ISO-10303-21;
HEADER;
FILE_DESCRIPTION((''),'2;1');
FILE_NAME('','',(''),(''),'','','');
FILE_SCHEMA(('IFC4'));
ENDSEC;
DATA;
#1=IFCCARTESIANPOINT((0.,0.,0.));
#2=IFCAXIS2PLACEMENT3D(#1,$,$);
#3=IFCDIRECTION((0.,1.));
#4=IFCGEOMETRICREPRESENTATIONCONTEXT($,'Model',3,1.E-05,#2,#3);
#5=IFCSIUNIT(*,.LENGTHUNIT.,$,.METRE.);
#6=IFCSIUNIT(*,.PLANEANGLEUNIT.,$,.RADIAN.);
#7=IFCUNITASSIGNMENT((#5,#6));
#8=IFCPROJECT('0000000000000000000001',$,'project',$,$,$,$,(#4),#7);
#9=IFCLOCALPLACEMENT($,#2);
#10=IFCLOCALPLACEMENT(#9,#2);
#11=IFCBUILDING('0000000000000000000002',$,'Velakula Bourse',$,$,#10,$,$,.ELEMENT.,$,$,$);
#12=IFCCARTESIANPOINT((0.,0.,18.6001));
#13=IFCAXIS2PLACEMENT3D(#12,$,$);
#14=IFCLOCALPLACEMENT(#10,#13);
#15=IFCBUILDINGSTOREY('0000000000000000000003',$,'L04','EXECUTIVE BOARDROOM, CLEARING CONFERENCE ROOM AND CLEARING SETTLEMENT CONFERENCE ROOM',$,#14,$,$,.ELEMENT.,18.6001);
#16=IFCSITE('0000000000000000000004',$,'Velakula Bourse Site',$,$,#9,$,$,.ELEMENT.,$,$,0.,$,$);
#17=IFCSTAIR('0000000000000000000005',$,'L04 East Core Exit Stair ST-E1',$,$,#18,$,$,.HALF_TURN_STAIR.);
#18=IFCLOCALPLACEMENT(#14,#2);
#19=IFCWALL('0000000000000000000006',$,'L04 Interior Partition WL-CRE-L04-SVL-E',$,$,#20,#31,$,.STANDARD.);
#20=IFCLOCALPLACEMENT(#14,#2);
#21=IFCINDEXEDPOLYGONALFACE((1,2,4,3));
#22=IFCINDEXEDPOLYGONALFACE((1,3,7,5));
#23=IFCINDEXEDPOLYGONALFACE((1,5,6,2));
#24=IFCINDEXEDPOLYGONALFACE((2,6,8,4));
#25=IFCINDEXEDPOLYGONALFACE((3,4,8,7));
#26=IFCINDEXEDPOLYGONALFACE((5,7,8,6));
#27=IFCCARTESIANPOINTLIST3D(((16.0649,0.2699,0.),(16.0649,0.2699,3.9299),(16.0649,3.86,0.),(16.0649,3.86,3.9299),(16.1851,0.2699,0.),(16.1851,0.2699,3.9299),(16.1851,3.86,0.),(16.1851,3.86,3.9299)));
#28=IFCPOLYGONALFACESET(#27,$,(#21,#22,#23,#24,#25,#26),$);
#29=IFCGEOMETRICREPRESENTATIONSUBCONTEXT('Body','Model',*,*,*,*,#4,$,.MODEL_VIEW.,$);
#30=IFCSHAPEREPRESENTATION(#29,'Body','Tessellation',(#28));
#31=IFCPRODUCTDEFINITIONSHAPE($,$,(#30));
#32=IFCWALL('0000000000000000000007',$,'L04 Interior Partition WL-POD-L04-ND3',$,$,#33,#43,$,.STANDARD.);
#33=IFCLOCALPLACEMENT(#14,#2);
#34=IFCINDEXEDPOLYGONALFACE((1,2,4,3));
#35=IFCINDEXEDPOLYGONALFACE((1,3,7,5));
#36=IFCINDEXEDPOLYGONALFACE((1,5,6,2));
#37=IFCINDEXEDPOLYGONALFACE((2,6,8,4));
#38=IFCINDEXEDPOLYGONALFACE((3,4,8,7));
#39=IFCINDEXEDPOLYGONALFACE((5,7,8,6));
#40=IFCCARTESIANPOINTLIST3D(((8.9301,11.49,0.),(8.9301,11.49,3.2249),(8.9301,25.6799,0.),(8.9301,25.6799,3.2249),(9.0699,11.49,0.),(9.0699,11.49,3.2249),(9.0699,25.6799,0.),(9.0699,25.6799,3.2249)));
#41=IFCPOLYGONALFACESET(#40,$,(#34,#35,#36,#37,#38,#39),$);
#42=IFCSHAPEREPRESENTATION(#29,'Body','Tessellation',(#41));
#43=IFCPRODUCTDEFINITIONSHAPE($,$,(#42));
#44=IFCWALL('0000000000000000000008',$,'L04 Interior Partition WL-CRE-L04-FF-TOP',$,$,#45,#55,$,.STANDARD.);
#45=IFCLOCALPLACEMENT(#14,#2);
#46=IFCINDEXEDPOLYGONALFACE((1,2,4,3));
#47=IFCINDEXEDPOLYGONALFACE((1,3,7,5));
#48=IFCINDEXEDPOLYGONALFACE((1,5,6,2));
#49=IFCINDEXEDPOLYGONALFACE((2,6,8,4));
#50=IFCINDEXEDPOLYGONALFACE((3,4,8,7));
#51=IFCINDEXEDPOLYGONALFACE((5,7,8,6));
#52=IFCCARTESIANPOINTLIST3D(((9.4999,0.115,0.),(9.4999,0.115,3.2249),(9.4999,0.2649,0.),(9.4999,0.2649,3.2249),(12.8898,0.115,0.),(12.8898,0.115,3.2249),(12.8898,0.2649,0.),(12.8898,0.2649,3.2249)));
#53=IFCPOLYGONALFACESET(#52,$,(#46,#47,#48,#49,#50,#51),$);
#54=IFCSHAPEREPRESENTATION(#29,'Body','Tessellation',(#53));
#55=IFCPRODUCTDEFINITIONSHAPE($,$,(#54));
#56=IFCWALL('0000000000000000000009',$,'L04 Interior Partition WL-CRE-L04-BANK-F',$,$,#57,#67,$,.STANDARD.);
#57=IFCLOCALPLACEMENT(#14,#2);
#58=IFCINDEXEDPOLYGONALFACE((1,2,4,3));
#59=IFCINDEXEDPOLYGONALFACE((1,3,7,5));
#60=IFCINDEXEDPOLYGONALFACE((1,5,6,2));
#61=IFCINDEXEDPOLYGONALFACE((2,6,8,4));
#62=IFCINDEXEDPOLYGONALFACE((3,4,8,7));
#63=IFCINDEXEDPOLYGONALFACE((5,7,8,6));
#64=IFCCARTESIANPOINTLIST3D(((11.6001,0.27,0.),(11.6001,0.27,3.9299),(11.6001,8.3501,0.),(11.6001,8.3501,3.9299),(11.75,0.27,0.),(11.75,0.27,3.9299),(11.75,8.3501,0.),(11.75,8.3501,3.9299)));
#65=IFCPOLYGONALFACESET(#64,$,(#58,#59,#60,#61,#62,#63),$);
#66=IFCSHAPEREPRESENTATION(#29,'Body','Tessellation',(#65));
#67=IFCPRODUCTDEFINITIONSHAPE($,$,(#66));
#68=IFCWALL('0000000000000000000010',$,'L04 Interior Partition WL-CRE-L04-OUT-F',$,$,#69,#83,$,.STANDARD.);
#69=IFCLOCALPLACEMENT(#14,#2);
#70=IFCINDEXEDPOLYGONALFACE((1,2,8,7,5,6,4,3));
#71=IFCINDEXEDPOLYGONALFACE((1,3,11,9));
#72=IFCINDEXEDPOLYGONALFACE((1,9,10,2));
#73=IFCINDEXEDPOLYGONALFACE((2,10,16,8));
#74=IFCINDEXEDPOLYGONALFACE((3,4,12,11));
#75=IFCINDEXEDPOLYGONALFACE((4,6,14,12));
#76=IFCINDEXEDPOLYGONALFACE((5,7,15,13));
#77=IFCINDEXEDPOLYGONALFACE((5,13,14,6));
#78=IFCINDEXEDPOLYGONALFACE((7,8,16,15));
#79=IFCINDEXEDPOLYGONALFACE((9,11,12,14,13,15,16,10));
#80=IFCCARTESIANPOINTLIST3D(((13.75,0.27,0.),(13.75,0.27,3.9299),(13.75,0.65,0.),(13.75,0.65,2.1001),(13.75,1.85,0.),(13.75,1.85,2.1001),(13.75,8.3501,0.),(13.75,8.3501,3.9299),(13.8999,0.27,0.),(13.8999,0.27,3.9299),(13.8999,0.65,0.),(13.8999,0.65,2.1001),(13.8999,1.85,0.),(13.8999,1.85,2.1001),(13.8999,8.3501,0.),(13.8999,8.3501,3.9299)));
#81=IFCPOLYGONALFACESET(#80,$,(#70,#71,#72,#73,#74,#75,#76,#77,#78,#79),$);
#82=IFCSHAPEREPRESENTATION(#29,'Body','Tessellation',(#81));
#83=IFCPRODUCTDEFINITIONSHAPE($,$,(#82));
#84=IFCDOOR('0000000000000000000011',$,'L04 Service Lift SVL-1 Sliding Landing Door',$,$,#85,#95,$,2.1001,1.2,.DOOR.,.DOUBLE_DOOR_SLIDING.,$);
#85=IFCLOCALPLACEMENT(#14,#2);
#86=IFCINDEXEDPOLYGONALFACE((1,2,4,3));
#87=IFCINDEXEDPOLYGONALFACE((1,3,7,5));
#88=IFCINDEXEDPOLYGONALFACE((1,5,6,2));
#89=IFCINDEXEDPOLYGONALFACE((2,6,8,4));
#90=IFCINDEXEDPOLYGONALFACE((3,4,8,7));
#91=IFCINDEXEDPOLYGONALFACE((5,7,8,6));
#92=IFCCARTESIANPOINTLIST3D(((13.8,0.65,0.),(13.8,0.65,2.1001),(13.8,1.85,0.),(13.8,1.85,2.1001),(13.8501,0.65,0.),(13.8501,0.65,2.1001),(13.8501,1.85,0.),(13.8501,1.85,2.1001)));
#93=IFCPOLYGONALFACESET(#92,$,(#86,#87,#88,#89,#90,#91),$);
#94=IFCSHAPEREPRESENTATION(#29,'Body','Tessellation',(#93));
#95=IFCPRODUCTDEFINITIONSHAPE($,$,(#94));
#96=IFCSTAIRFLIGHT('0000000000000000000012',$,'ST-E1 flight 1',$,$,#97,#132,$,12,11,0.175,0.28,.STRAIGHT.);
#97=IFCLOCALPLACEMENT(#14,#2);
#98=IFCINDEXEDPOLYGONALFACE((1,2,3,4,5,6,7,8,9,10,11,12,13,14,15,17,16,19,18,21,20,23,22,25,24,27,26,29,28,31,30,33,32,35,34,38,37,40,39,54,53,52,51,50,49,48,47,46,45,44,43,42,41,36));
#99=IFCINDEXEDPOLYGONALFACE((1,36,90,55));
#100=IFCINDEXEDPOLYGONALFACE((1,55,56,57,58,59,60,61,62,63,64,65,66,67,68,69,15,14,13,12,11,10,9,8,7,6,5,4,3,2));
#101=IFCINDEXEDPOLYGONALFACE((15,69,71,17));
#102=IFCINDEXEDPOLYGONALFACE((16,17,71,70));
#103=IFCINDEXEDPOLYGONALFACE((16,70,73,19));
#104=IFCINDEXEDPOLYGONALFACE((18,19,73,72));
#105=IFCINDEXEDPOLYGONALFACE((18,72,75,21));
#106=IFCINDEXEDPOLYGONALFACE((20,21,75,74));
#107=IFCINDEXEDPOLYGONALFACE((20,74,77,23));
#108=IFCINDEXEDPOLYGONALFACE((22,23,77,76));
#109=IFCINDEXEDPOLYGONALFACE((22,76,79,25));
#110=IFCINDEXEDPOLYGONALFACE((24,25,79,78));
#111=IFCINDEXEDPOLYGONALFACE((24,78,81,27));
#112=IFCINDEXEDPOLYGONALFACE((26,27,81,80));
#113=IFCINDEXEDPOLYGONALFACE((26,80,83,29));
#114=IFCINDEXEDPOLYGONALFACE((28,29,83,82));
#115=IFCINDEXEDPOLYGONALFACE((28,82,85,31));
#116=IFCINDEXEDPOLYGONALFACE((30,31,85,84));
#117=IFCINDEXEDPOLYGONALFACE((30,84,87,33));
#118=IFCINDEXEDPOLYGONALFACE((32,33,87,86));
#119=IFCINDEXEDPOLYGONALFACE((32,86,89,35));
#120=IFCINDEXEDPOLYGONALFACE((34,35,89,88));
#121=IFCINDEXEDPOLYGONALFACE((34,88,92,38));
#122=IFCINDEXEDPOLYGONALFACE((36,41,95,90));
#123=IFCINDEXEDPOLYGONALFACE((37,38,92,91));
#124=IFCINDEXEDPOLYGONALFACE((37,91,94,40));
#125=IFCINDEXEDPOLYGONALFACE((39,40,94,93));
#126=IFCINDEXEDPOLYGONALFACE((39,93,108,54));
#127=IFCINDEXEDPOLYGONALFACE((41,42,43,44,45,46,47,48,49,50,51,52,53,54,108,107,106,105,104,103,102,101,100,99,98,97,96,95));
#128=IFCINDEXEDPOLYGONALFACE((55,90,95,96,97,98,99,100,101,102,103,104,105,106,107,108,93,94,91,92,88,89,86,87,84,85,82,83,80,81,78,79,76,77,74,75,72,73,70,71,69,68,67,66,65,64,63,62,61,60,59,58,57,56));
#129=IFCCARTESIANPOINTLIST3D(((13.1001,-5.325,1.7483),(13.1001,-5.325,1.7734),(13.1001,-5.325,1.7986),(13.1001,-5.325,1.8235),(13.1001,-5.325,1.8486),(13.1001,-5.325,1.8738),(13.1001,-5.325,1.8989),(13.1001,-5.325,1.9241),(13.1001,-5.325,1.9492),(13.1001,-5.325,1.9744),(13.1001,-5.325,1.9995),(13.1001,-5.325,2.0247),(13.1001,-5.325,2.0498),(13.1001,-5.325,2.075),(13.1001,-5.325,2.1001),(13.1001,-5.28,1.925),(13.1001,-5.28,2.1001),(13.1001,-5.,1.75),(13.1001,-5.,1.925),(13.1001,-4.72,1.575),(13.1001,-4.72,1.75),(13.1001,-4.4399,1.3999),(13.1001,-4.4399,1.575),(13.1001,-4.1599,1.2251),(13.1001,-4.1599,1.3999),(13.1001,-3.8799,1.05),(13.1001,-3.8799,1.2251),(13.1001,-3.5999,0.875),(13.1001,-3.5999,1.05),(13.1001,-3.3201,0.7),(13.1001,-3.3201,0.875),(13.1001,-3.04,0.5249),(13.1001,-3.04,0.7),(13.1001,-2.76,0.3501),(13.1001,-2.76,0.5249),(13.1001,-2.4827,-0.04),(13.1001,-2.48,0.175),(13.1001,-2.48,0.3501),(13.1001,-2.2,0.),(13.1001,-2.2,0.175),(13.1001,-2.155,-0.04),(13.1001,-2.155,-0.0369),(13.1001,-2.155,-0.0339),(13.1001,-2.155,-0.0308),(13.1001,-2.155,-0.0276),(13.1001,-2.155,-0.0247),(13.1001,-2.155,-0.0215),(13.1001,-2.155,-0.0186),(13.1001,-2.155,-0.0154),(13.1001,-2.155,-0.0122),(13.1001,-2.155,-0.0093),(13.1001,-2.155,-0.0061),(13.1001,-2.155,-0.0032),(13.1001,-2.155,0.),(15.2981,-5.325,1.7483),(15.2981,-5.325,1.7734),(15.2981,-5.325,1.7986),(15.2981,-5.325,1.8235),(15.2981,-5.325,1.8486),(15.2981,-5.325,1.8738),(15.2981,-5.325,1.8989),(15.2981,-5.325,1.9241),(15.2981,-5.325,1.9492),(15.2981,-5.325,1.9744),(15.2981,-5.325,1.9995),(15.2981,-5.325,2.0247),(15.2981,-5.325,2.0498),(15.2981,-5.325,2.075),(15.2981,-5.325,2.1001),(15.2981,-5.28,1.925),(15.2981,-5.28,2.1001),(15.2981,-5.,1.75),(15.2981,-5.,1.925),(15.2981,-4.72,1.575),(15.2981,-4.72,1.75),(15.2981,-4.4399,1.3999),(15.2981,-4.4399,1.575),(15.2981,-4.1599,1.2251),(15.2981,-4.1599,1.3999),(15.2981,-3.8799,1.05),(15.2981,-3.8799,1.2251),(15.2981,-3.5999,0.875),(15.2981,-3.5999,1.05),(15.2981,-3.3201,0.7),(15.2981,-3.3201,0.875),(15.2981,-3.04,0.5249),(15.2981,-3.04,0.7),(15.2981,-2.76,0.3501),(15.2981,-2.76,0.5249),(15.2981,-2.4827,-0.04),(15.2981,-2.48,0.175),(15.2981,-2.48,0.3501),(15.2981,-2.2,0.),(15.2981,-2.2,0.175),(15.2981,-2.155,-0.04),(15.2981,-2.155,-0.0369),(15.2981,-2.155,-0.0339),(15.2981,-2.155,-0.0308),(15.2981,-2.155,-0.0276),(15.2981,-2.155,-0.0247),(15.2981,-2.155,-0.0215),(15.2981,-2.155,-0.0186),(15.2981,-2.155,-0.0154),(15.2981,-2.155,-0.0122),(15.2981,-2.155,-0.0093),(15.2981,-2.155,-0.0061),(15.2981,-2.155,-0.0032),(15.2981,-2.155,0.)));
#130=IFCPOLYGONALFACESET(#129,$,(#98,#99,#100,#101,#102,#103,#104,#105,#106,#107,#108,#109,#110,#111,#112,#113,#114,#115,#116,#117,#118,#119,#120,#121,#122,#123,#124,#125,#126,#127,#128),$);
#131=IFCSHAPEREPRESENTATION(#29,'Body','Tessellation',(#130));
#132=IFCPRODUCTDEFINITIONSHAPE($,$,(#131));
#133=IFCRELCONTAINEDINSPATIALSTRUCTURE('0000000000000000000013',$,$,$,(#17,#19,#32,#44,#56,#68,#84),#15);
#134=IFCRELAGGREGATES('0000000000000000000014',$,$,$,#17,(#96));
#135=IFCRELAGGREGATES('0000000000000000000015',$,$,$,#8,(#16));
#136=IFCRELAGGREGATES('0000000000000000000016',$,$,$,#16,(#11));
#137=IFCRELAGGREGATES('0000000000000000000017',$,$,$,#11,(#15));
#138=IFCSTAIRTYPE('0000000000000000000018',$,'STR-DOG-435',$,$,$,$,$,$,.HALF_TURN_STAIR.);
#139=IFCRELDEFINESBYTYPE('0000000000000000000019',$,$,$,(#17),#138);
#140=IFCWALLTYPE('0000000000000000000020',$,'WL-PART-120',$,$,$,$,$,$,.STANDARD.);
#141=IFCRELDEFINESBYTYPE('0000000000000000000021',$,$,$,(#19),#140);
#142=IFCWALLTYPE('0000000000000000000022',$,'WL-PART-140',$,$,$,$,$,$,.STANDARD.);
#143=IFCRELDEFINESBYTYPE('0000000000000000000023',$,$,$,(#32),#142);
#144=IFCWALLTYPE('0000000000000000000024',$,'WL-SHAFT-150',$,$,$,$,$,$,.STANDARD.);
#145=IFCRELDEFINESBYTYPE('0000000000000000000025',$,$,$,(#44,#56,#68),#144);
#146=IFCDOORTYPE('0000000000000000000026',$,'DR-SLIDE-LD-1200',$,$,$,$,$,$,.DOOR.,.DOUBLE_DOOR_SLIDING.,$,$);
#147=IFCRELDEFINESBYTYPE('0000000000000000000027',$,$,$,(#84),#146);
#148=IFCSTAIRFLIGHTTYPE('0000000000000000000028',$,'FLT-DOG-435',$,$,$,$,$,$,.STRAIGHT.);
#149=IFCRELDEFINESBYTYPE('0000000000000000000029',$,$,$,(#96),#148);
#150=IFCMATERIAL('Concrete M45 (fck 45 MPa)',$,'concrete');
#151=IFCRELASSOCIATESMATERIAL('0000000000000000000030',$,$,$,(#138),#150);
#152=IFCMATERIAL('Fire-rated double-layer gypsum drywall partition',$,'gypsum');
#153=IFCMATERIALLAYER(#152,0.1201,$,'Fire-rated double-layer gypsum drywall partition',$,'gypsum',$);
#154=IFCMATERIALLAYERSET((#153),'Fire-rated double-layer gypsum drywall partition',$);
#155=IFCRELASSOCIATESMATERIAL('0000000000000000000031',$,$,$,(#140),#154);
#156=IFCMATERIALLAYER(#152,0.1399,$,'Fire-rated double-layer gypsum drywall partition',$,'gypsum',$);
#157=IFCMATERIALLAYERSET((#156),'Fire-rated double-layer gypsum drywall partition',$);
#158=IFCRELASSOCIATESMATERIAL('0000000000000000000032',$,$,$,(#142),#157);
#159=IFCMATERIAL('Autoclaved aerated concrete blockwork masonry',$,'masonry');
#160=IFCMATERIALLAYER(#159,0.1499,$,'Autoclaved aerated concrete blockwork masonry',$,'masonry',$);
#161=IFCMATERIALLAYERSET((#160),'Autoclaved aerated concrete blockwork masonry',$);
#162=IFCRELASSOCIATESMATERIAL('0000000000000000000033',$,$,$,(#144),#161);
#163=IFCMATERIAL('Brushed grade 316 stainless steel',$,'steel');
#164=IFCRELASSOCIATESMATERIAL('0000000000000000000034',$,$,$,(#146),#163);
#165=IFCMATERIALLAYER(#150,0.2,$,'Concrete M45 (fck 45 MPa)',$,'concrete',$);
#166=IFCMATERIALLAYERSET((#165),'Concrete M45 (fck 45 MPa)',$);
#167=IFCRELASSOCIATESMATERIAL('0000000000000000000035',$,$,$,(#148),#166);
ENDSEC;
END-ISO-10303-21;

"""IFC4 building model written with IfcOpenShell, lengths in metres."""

from ifc_helpers import new_model, si_unit, direction, frame, frame_2d, origin, place, context, subcontext, project, spatial, polyline, rectangle, outline, extrude, material, layer, layer_set, type_object, element, fill, aggregate, save


model = new_model("IFC4")

# Units and contexts
model_context = context("Model", 3, precision=1e-05, world=origin(), true_north=direction((0.0, 1.0)))
body_context = subcontext(model_context, "Body", "Model", "MODEL_VIEW")
ifc_project = project(units=[si_unit("LENGTHUNIT", "METRE"), si_unit("PLANEANGLEUNIT", "RADIAN")], contexts=[model_context])

# Site, building, storey
site_placement = place(None, origin())
site = spatial("IfcSite", under=ifc_project, at=site_placement, Name="Velakula Bourse Site", CompositionType="ELEMENT", RefElevation=0.0)
building_placement = place(site_placement, origin())
building = spatial("IfcBuilding", under=site, at=building_placement, Name="Velakula Bourse", CompositionType="ELEMENT")
storey_placement = place(building_placement, frame((0.0, 0.0, 18.6001)))
storey = spatial("IfcBuildingStorey", under=building, at=storey_placement, Name="L04", Description="EXECUTIVE BOARDROOM, CLEARING CONFERENCE ROOM AND CLEARING SETTLEMENT CONFERENCE ROOM", CompositionType="ELEMENT", Elevation=18.6001)

# Stair
ifc_material_1 = material(Name="Concrete M45 (fck 45 MPa)", Category="concrete")
stair_type = type_object("IfcStairType", Name="STR-DOG-435", PredefinedType="HALF_TURN_STAIR", material=ifc_material_1)
stair_1_placement = place(storey_placement, origin())
stair_1 = element("IfcStair", 1, at=stair_1_placement, inside=storey, type_object=stair_type, Name="L04 East Core Exit Stair ST-E1", PredefinedType="HALF_TURN_STAIR")

# Shared definitions
ifc_material_2 = material(Name="Fire-rated double-layer gypsum drywall partition", Category="gypsum")
ifc_layer_1 = layer(ifc_material_2, 0.1201, Name="Fire-rated double-layer gypsum drywall partition", Category="gypsum")
ifc_layer_set_1 = layer_set([ifc_layer_1], Name="Fire-rated double-layer gypsum drywall partition")
wall_type_1 = type_object("IfcWallType", Name="WL-PART-120", PredefinedType="STANDARD", material=ifc_layer_set_1)

# Walls
wall_1_placement = place(storey_placement, frame((16.125, 0.27, 0.0), z_axis=(0.0, 0.0, 1.0), x_axis=(0.0, 1.0, 0.0)))
element("IfcWall", 2, at=wall_1_placement, inside=storey, type_object=wall_type_1, Name="L04 Interior Partition WL-CRE-L04-SVL-E", PredefinedType="STANDARD", context=body_context, shape_type="SweptSolid", body=[
    extrude(rectangle(XDim=3.5901, YDim=0.1201, at=frame_2d((1.7949, 0.0))), origin(), (0.0, 0.0, 1.0), 3.9299),
])
ifc_layer_2 = layer(ifc_material_2, 0.1399, Name="Fire-rated double-layer gypsum drywall partition", Category="gypsum")
ifc_layer_set_2 = layer_set([ifc_layer_2], Name="Fire-rated double-layer gypsum drywall partition")
wall_type_2 = type_object("IfcWallType", Name="WL-PART-140", PredefinedType="STANDARD", material=ifc_layer_set_2)
wall_2_placement = place(storey_placement, frame((9.0, 11.49, 0.0), z_axis=(0.0, 0.0, 1.0), x_axis=(0.0, 1.0, 0.0)))
element("IfcWall", 3, at=wall_2_placement, inside=storey, type_object=wall_type_2, Name="L04 Interior Partition WL-POD-L04-ND3", PredefinedType="STANDARD", context=body_context, shape_type="SweptSolid", body=[
    extrude(rectangle(XDim=14.1899, YDim=0.1399, at=frame_2d((7.095, 0.0))), origin(), (0.0, 0.0, 1.0), 3.2249),
])
ifc_material_3 = material(Name="Autoclaved aerated concrete blockwork masonry", Category="masonry")
ifc_layer_3 = layer(ifc_material_3, 0.1499, Name="Autoclaved aerated concrete blockwork masonry", Category="masonry")
ifc_layer_set_3 = layer_set([ifc_layer_3], Name="Autoclaved aerated concrete blockwork masonry")
wall_type_3 = type_object("IfcWallType", Name="WL-SHAFT-150", PredefinedType="STANDARD", material=ifc_layer_set_3)
wall_3_placement = place(storey_placement, frame((9.5, 0.1899, 0.0), z_axis=(0.0, 0.0, 1.0), x_axis=(1.0, 0.0, 0.0)))
element("IfcWall", 4, at=wall_3_placement, inside=storey, type_object=wall_type_3, Name="L04 Interior Partition WL-CRE-L04-FF-TOP", PredefinedType="STANDARD", context=body_context, shape_type="SweptSolid", body=[
    extrude(rectangle(XDim=3.3899, YDim=0.1499, at=frame_2d((1.6948, 0.0))), origin(), (0.0, 0.0, 1.0), 3.2249),
])
wall_4_placement = place(storey_placement, frame((11.675, 0.27, 0.0), z_axis=(0.0, 0.0, 1.0), x_axis=(0.0, 1.0, 0.0)))
element("IfcWall", 5, at=wall_4_placement, inside=storey, type_object=wall_type_3, Name="L04 Interior Partition WL-CRE-L04-BANK-F", PredefinedType="STANDARD", context=body_context, shape_type="SweptSolid", body=[
    extrude(rectangle(XDim=8.0801, YDim=0.1499, at=frame_2d((4.04, 0.0))), origin(), (0.0, 0.0, 1.0), 3.9299),
])

# Wall, opening, door
wall_5_placement = place(storey_placement, frame((13.825, 0.27, 0.0), z_axis=(0.0, 0.0, 1.0), x_axis=(0.0, 1.0, 0.0)))
wall_5 = element("IfcWall", 6, at=wall_5_placement, inside=storey, type_object=wall_type_3, Name="L04 Interior Partition WL-CRE-L04-OUT-F", PredefinedType="STANDARD", context=body_context, shape_type="SweptSolid", body=[
    extrude(rectangle(XDim=8.0801, YDim=0.1499, at=frame_2d((4.04, 0.0))), origin(), (0.0, 0.0, 1.0), 3.9299),
])
opening_1_placement = place(wall_5_placement, frame((0.3799, 0.0, 0.0)))
opening_1 = element("IfcOpeningElement", 7, at=opening_1_placement, cuts=wall_5, PredefinedType="OPENING", context=body_context, shape_type="SweptSolid", body=[
    extrude(rectangle(XDim=1.2, YDim=2.1001, at=frame_2d((0.6001, 1.05))), frame((0.0, 0.085, 0.0), z_axis=(0.0, -1.0, 0.0), x_axis=(1.0, 0.0, 0.0)), (0.0, 0.0, 1.0), 0.1699),
])
ifc_material_4 = material(Name="Brushed grade 316 stainless steel", Category="steel")
door_type_1 = type_object("IfcDoorType", Name="DR-SLIDE-LD-1200", OperationType="DOUBLE_DOOR_SLIDING", PredefinedType="DOOR", material=ifc_material_4)
door_1_placement = place(opening_1_placement, origin())
door_1 = element("IfcDoor", 8, at=door_1_placement, inside=storey, type_object=door_type_1, Name="L04 Service Lift SVL-1 Sliding Landing Door", OperationType="DOUBLE_DOOR_SLIDING", OverallHeight=2.1001, OverallWidth=1.2, PredefinedType="DOOR", context=body_context, shape_type="SweptSolid", body=[
    extrude(rectangle(XDim=1.2, YDim=2.1001, at=frame_2d((0.6001, 1.05))), frame((0.0, 0.0249, 0.0), z_axis=(0.0, -1.0, 0.0), x_axis=(1.0, 0.0, 0.0)), (0.0, 0.0, 1.0), 0.05),
])
fill(opening_1, door_1)

# Stair flight
ifc_layer_4 = layer(ifc_material_1, 0.2, Name="Concrete M45 (fck 45 MPa)", Category="concrete")
ifc_layer_set_4 = layer_set([ifc_layer_4], Name="Concrete M45 (fck 45 MPa)")
stair_flight_type = type_object("IfcStairFlightType", Name="FLT-DOG-435", PredefinedType="STRAIGHT", material=ifc_layer_set_4)
stair_flight_placement = place(storey_placement, frame((14.199, -2.2, 0.0), z_axis=(0.0, 0.0, 1.0), x_axis=(0.0, -1.0, 0.0)))
stair_flight = element("IfcStairFlight", 9, at=stair_flight_placement, type_object=stair_flight_type, Name="ST-E1 flight 1", NumberOfRisers=12, NumberOfTreads=11, PredefinedType="STRAIGHT", RiserHeight=0.175, TreadLength=0.28, context=body_context, shape_type="SweptSolid", body=[
    extrude(outline(polyline([(-0.0449, -0.04), (-0.0449, -0.0369), (-0.0449, -0.0339), (-0.0449, -0.0308), (-0.0449, -0.0276), (-0.0449, -0.0247), (-0.0449, -0.0215), (-0.0449, -0.0186), (-0.0449, -0.0154), (-0.0449, -0.0122), (-0.0449, -0.0093), (-0.0449, -0.0061), (-0.0449, -0.0032), (-0.0449, 0.0), (0.0, 0.0), (0.0, 0.175), (0.28, 0.175), (0.28, 0.3501), (0.5601, 0.3501), (0.5601, 0.5249), (0.8401, 0.5249), (0.8401, 0.7), (1.1201, 0.7), (1.1201, 0.875), (1.3999, 0.875), (1.3999, 1.05), (1.6799, 1.05), (1.6799, 1.2251), (1.96, 1.2251), (1.96, 1.3999), (2.24, 1.3999), (2.24, 1.575), (2.52, 1.575), (2.52, 1.75), (2.8, 1.75), (2.8, 1.925), (3.0801, 1.925), (3.0801, 2.1001), (3.125, 2.1001), (3.125, 2.075), (3.125, 2.0498), (3.125, 2.0247), (3.125, 1.9995), (3.125, 1.9744), (3.125, 1.9492), (3.125, 1.9241), (3.125, 1.8989), (3.125, 1.8738), (3.125, 1.8486), (3.125, 1.8235), (3.125, 1.7986), (3.125, 1.7734), (3.125, 1.7483), (0.2827, -0.04), (-0.0449, -0.04)])), frame((0.0, 1.0991, 0.0), z_axis=(0.0, -1.0, 0.0), x_axis=(1.0, 0.0, 0.0)), (0.0, 0.0, 1.0), 2.198),
])
aggregate(stair_1, [stair_flight])

save(model, "model.ifc")
